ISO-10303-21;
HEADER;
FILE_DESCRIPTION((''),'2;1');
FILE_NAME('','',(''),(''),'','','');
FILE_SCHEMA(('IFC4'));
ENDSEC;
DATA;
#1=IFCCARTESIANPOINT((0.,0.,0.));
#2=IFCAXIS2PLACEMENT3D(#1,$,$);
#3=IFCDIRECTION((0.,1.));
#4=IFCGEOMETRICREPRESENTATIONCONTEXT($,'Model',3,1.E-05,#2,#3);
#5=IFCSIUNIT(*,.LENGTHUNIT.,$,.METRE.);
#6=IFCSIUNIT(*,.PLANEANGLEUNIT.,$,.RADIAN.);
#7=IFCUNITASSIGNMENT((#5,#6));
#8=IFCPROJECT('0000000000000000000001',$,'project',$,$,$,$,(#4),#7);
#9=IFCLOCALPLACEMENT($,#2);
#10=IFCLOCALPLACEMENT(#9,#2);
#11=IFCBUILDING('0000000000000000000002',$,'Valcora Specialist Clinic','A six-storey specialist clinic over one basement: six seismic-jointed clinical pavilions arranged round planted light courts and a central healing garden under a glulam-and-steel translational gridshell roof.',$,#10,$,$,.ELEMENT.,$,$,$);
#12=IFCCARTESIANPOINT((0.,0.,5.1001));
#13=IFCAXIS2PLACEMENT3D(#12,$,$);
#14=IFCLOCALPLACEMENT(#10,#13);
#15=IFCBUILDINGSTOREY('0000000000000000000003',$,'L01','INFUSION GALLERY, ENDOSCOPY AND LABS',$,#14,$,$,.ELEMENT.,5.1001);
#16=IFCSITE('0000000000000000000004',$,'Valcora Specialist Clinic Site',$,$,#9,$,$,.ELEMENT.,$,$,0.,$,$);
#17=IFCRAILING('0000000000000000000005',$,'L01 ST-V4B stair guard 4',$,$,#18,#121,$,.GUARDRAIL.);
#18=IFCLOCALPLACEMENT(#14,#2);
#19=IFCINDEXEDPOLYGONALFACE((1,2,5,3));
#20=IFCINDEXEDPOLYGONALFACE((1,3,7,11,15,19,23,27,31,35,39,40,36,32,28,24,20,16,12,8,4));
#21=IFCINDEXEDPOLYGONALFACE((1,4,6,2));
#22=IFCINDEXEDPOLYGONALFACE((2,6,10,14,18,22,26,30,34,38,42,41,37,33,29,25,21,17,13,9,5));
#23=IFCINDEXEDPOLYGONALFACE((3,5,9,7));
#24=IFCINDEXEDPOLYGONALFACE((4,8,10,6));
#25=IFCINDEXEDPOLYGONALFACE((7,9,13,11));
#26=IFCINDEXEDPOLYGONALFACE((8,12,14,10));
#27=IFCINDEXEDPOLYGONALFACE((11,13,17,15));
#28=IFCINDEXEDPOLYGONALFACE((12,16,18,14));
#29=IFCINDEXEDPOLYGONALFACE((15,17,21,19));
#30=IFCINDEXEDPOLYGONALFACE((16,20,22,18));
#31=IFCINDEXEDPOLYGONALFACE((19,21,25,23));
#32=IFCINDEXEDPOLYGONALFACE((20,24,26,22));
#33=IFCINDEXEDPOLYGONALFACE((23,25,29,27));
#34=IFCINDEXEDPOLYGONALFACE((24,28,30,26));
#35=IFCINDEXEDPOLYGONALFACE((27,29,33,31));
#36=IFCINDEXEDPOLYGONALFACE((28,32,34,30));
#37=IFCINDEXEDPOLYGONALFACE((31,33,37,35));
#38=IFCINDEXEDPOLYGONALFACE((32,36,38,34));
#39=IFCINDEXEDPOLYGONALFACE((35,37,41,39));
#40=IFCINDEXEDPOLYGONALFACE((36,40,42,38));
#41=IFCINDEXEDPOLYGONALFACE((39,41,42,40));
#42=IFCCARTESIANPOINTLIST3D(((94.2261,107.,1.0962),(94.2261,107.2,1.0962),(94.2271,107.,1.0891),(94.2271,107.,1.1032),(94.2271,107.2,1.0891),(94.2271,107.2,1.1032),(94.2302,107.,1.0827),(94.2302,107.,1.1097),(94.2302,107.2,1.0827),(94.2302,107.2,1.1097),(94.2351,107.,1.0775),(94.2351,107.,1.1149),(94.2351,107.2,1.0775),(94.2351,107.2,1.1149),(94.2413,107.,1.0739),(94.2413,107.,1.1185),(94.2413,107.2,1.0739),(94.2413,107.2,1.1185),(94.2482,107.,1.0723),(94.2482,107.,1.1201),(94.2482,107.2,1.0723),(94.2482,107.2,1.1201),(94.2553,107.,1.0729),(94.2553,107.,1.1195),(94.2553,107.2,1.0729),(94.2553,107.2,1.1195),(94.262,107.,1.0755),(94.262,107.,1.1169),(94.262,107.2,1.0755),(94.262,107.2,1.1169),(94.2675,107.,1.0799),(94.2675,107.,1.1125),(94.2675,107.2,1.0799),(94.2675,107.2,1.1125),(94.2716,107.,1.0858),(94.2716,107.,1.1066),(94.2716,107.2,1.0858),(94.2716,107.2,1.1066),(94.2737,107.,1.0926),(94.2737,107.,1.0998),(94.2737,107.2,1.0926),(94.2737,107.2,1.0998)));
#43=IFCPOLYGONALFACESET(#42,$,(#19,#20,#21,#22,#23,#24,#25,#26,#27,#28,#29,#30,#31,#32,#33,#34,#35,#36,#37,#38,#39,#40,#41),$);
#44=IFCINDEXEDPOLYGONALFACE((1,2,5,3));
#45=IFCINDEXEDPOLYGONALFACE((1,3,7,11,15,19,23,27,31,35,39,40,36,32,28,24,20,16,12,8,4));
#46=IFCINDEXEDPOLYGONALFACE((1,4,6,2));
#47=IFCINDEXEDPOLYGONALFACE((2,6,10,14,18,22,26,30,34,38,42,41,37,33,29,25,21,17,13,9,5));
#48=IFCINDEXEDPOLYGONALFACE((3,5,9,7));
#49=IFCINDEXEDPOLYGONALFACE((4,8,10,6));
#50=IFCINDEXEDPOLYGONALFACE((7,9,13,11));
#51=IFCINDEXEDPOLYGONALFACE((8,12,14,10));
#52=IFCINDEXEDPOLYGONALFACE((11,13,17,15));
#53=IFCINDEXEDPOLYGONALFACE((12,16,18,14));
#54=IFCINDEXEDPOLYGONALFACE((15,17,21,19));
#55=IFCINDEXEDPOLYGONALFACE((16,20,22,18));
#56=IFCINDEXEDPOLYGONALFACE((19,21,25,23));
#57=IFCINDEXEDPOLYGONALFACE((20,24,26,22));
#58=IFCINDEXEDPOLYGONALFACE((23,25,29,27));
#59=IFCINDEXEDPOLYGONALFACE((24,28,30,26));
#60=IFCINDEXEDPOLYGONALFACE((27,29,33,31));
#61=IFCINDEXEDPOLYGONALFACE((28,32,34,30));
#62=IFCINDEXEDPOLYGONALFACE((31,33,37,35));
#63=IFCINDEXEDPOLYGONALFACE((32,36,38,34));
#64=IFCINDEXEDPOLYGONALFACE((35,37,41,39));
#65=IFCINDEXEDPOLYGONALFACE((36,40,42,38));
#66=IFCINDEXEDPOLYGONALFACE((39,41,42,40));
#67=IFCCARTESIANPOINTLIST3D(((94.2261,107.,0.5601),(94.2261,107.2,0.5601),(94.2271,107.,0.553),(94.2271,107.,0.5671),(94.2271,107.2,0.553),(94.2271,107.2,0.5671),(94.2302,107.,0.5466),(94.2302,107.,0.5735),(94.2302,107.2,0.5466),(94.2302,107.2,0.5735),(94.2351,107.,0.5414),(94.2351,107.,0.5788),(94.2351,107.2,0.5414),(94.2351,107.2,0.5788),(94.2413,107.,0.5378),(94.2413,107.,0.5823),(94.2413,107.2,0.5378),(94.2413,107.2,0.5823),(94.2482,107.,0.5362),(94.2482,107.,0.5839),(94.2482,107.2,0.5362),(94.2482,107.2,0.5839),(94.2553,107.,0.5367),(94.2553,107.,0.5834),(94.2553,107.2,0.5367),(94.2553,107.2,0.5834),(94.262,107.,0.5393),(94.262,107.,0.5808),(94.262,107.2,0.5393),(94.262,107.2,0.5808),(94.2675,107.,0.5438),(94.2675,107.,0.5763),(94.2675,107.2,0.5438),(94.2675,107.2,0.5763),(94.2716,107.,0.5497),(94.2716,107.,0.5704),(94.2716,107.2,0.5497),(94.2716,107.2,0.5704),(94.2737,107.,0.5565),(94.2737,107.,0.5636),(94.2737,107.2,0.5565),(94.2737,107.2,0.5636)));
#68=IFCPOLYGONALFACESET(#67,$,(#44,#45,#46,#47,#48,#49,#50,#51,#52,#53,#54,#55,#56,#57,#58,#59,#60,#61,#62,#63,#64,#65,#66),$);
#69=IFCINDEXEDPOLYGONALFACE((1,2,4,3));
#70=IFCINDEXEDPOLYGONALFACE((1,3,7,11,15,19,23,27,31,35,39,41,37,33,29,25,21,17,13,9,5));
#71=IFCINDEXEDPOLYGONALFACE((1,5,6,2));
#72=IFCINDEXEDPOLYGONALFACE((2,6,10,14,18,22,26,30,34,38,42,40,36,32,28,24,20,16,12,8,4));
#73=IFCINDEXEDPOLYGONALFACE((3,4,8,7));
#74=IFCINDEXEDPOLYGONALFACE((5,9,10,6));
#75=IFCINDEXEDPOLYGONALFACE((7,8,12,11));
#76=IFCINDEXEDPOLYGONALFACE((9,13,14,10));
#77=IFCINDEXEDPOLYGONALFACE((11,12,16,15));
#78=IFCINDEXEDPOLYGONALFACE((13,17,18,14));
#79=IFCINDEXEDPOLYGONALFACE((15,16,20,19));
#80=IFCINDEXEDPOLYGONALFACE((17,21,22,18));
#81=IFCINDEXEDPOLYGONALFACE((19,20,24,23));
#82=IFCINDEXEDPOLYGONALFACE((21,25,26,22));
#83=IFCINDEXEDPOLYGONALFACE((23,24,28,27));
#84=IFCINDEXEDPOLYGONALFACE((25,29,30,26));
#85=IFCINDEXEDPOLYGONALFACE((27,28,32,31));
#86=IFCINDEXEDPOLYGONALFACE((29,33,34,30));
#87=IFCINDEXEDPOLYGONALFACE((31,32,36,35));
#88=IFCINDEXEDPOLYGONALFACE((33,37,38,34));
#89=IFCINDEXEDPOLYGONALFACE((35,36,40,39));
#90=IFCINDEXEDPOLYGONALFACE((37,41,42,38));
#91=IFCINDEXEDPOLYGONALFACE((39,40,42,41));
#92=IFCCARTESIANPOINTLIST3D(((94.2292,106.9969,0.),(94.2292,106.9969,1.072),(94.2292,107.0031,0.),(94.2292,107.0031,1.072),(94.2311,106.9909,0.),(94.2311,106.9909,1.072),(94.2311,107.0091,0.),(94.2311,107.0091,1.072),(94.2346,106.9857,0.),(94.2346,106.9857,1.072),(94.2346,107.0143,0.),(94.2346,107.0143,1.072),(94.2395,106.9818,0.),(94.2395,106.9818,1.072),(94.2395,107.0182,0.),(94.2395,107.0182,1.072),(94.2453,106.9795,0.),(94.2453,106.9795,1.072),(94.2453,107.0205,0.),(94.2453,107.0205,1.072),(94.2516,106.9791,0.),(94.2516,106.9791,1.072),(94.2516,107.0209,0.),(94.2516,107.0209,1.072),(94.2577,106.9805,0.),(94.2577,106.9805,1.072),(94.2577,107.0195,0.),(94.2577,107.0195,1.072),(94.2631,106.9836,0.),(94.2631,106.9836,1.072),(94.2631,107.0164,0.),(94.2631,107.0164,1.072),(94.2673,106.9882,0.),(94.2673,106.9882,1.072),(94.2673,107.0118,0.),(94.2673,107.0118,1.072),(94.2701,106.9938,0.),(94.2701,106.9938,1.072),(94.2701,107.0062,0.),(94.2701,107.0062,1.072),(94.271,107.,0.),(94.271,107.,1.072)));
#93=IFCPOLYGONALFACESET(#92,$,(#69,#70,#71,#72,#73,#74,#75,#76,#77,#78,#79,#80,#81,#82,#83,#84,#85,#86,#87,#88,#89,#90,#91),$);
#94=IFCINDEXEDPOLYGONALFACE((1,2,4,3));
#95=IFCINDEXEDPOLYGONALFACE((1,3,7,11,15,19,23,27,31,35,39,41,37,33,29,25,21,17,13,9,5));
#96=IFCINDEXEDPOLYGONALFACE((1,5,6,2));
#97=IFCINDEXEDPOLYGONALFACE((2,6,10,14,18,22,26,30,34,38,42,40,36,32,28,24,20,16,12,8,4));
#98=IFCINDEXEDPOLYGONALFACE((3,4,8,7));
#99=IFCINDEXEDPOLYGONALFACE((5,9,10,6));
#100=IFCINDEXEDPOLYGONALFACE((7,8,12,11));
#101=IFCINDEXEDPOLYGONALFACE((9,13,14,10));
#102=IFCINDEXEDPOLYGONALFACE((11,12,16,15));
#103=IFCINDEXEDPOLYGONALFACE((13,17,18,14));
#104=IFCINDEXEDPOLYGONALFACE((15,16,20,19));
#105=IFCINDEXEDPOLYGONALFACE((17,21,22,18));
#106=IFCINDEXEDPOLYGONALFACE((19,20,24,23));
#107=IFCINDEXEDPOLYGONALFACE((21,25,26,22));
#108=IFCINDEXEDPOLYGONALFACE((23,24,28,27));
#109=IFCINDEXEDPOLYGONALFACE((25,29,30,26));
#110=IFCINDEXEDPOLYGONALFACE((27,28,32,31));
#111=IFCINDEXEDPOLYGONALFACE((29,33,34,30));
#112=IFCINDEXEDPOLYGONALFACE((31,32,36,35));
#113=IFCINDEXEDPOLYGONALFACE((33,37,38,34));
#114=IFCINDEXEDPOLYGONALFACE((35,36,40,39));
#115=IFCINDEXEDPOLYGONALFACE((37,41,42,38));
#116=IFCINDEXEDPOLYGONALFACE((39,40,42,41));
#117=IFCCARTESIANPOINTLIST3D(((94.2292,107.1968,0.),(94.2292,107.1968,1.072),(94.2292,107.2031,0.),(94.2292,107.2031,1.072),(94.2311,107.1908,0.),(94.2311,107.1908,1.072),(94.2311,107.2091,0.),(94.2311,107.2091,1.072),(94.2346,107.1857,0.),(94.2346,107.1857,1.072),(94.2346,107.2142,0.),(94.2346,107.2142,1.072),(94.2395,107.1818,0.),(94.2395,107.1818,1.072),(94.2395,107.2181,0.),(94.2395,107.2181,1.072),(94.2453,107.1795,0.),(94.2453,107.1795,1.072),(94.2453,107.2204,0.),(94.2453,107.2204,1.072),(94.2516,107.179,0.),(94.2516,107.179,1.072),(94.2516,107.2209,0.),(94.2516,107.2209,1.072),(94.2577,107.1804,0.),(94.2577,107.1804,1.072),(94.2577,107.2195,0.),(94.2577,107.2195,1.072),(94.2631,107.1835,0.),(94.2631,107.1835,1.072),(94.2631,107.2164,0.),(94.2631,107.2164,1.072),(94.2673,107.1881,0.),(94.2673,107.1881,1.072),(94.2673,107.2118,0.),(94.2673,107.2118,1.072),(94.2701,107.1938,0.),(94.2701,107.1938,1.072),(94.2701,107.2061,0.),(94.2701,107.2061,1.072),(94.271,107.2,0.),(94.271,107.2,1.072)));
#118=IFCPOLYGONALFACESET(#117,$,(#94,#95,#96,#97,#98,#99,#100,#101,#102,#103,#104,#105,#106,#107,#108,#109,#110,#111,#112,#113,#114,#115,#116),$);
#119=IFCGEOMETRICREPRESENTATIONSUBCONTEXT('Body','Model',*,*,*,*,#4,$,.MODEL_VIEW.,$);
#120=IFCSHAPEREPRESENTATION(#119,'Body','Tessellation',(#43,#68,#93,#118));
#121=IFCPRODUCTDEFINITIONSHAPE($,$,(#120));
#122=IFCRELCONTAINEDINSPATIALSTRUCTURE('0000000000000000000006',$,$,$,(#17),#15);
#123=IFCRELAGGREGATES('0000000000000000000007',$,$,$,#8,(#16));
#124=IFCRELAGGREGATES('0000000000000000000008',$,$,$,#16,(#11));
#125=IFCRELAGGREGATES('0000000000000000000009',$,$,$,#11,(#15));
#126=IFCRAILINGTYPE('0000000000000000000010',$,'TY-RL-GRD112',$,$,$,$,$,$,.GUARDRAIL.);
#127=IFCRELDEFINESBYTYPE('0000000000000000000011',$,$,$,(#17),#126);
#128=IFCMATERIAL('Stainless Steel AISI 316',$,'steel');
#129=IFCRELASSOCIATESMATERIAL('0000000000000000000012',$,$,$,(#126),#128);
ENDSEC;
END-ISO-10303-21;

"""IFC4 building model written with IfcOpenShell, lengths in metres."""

from ifc_helpers import new_model, si_unit, direction, frame, origin, origin_2d, place, context, subcontext, project, spatial, circle, extrude, material, type_object, element, save


model = new_model("IFC4")

# Units and contexts
model_context = context("Model", 3, precision=1e-05, world=origin(), true_north=direction((0.0, 1.0)))
body_context = subcontext(model_context, "Body", "Model", "MODEL_VIEW")
ifc_project = project(units=[si_unit("LENGTHUNIT", "METRE"), si_unit("PLANEANGLEUNIT", "RADIAN")], contexts=[model_context])

# Site, building, storey
site_placement = place(None, origin())
site = spatial("IfcSite", under=ifc_project, at=site_placement, Name="Valcora Specialist Clinic Site", CompositionType="ELEMENT", RefElevation=0.0)
building_placement = place(site_placement, origin())
building = spatial("IfcBuilding", under=site, at=building_placement, Name="Valcora Specialist Clinic", Description="A six-storey specialist clinic over one basement: six seismic-jointed clinical pavilions arranged round planted light courts and a central healing garden under a glulam-and-steel translational gridshell roof.", CompositionType="ELEMENT")
storey_placement = place(building_placement, frame((0.0, 0.0, 5.1001)))
storey = spatial("IfcBuildingStorey", under=building, at=storey_placement, Name="L01", Description="INFUSION GALLERY, ENDOSCOPY AND LABS", CompositionType="ELEMENT", Elevation=5.1001)

# Railing
ifc_material_1 = material(Name="Stainless Steel AISI 316", Category="steel")
railing_type_1 = type_object("IfcRailingType", Name="TY-RL-GRD112", PredefinedType="GUARDRAIL", material=ifc_material_1)
railing_1_placement = place(storey_placement, frame((94.25, 107.0, 0.0)))
element("IfcRailing", 1, at=railing_1_placement, inside=storey, type_object=railing_type_1, Name="L01 ST-V4B stair guard 4", PredefinedType="GUARDRAIL", context=body_context, shape_type="SweptSolid", body=[
    extrude(circle(Radius=0.0239, at=origin_2d()), frame((0.0, 0.0, 1.0962), z_axis=(0.0, 1.0, 0.0), x_axis=(-1.0, 0.0, 0.0)), (0.0, 0.0, 1.0), 0.2),
    extrude(circle(Radius=0.0239, at=origin_2d()), frame((0.0, 0.0, 0.5601), z_axis=(0.0, 1.0, 0.0), x_axis=(-1.0, 0.0, 0.0)), (0.0, 0.0, 1.0), 0.2),
    extrude(circle(Radius=0.021, at=origin_2d()), origin(), (0.0, 0.0, 1.0), 1.072),
    extrude(circle(Radius=0.021, at=origin_2d()), frame((0.0, 0.2, 0.0)), (0.0, 0.0, 1.0), 1.072),
])

save(model, "model.ifc")
